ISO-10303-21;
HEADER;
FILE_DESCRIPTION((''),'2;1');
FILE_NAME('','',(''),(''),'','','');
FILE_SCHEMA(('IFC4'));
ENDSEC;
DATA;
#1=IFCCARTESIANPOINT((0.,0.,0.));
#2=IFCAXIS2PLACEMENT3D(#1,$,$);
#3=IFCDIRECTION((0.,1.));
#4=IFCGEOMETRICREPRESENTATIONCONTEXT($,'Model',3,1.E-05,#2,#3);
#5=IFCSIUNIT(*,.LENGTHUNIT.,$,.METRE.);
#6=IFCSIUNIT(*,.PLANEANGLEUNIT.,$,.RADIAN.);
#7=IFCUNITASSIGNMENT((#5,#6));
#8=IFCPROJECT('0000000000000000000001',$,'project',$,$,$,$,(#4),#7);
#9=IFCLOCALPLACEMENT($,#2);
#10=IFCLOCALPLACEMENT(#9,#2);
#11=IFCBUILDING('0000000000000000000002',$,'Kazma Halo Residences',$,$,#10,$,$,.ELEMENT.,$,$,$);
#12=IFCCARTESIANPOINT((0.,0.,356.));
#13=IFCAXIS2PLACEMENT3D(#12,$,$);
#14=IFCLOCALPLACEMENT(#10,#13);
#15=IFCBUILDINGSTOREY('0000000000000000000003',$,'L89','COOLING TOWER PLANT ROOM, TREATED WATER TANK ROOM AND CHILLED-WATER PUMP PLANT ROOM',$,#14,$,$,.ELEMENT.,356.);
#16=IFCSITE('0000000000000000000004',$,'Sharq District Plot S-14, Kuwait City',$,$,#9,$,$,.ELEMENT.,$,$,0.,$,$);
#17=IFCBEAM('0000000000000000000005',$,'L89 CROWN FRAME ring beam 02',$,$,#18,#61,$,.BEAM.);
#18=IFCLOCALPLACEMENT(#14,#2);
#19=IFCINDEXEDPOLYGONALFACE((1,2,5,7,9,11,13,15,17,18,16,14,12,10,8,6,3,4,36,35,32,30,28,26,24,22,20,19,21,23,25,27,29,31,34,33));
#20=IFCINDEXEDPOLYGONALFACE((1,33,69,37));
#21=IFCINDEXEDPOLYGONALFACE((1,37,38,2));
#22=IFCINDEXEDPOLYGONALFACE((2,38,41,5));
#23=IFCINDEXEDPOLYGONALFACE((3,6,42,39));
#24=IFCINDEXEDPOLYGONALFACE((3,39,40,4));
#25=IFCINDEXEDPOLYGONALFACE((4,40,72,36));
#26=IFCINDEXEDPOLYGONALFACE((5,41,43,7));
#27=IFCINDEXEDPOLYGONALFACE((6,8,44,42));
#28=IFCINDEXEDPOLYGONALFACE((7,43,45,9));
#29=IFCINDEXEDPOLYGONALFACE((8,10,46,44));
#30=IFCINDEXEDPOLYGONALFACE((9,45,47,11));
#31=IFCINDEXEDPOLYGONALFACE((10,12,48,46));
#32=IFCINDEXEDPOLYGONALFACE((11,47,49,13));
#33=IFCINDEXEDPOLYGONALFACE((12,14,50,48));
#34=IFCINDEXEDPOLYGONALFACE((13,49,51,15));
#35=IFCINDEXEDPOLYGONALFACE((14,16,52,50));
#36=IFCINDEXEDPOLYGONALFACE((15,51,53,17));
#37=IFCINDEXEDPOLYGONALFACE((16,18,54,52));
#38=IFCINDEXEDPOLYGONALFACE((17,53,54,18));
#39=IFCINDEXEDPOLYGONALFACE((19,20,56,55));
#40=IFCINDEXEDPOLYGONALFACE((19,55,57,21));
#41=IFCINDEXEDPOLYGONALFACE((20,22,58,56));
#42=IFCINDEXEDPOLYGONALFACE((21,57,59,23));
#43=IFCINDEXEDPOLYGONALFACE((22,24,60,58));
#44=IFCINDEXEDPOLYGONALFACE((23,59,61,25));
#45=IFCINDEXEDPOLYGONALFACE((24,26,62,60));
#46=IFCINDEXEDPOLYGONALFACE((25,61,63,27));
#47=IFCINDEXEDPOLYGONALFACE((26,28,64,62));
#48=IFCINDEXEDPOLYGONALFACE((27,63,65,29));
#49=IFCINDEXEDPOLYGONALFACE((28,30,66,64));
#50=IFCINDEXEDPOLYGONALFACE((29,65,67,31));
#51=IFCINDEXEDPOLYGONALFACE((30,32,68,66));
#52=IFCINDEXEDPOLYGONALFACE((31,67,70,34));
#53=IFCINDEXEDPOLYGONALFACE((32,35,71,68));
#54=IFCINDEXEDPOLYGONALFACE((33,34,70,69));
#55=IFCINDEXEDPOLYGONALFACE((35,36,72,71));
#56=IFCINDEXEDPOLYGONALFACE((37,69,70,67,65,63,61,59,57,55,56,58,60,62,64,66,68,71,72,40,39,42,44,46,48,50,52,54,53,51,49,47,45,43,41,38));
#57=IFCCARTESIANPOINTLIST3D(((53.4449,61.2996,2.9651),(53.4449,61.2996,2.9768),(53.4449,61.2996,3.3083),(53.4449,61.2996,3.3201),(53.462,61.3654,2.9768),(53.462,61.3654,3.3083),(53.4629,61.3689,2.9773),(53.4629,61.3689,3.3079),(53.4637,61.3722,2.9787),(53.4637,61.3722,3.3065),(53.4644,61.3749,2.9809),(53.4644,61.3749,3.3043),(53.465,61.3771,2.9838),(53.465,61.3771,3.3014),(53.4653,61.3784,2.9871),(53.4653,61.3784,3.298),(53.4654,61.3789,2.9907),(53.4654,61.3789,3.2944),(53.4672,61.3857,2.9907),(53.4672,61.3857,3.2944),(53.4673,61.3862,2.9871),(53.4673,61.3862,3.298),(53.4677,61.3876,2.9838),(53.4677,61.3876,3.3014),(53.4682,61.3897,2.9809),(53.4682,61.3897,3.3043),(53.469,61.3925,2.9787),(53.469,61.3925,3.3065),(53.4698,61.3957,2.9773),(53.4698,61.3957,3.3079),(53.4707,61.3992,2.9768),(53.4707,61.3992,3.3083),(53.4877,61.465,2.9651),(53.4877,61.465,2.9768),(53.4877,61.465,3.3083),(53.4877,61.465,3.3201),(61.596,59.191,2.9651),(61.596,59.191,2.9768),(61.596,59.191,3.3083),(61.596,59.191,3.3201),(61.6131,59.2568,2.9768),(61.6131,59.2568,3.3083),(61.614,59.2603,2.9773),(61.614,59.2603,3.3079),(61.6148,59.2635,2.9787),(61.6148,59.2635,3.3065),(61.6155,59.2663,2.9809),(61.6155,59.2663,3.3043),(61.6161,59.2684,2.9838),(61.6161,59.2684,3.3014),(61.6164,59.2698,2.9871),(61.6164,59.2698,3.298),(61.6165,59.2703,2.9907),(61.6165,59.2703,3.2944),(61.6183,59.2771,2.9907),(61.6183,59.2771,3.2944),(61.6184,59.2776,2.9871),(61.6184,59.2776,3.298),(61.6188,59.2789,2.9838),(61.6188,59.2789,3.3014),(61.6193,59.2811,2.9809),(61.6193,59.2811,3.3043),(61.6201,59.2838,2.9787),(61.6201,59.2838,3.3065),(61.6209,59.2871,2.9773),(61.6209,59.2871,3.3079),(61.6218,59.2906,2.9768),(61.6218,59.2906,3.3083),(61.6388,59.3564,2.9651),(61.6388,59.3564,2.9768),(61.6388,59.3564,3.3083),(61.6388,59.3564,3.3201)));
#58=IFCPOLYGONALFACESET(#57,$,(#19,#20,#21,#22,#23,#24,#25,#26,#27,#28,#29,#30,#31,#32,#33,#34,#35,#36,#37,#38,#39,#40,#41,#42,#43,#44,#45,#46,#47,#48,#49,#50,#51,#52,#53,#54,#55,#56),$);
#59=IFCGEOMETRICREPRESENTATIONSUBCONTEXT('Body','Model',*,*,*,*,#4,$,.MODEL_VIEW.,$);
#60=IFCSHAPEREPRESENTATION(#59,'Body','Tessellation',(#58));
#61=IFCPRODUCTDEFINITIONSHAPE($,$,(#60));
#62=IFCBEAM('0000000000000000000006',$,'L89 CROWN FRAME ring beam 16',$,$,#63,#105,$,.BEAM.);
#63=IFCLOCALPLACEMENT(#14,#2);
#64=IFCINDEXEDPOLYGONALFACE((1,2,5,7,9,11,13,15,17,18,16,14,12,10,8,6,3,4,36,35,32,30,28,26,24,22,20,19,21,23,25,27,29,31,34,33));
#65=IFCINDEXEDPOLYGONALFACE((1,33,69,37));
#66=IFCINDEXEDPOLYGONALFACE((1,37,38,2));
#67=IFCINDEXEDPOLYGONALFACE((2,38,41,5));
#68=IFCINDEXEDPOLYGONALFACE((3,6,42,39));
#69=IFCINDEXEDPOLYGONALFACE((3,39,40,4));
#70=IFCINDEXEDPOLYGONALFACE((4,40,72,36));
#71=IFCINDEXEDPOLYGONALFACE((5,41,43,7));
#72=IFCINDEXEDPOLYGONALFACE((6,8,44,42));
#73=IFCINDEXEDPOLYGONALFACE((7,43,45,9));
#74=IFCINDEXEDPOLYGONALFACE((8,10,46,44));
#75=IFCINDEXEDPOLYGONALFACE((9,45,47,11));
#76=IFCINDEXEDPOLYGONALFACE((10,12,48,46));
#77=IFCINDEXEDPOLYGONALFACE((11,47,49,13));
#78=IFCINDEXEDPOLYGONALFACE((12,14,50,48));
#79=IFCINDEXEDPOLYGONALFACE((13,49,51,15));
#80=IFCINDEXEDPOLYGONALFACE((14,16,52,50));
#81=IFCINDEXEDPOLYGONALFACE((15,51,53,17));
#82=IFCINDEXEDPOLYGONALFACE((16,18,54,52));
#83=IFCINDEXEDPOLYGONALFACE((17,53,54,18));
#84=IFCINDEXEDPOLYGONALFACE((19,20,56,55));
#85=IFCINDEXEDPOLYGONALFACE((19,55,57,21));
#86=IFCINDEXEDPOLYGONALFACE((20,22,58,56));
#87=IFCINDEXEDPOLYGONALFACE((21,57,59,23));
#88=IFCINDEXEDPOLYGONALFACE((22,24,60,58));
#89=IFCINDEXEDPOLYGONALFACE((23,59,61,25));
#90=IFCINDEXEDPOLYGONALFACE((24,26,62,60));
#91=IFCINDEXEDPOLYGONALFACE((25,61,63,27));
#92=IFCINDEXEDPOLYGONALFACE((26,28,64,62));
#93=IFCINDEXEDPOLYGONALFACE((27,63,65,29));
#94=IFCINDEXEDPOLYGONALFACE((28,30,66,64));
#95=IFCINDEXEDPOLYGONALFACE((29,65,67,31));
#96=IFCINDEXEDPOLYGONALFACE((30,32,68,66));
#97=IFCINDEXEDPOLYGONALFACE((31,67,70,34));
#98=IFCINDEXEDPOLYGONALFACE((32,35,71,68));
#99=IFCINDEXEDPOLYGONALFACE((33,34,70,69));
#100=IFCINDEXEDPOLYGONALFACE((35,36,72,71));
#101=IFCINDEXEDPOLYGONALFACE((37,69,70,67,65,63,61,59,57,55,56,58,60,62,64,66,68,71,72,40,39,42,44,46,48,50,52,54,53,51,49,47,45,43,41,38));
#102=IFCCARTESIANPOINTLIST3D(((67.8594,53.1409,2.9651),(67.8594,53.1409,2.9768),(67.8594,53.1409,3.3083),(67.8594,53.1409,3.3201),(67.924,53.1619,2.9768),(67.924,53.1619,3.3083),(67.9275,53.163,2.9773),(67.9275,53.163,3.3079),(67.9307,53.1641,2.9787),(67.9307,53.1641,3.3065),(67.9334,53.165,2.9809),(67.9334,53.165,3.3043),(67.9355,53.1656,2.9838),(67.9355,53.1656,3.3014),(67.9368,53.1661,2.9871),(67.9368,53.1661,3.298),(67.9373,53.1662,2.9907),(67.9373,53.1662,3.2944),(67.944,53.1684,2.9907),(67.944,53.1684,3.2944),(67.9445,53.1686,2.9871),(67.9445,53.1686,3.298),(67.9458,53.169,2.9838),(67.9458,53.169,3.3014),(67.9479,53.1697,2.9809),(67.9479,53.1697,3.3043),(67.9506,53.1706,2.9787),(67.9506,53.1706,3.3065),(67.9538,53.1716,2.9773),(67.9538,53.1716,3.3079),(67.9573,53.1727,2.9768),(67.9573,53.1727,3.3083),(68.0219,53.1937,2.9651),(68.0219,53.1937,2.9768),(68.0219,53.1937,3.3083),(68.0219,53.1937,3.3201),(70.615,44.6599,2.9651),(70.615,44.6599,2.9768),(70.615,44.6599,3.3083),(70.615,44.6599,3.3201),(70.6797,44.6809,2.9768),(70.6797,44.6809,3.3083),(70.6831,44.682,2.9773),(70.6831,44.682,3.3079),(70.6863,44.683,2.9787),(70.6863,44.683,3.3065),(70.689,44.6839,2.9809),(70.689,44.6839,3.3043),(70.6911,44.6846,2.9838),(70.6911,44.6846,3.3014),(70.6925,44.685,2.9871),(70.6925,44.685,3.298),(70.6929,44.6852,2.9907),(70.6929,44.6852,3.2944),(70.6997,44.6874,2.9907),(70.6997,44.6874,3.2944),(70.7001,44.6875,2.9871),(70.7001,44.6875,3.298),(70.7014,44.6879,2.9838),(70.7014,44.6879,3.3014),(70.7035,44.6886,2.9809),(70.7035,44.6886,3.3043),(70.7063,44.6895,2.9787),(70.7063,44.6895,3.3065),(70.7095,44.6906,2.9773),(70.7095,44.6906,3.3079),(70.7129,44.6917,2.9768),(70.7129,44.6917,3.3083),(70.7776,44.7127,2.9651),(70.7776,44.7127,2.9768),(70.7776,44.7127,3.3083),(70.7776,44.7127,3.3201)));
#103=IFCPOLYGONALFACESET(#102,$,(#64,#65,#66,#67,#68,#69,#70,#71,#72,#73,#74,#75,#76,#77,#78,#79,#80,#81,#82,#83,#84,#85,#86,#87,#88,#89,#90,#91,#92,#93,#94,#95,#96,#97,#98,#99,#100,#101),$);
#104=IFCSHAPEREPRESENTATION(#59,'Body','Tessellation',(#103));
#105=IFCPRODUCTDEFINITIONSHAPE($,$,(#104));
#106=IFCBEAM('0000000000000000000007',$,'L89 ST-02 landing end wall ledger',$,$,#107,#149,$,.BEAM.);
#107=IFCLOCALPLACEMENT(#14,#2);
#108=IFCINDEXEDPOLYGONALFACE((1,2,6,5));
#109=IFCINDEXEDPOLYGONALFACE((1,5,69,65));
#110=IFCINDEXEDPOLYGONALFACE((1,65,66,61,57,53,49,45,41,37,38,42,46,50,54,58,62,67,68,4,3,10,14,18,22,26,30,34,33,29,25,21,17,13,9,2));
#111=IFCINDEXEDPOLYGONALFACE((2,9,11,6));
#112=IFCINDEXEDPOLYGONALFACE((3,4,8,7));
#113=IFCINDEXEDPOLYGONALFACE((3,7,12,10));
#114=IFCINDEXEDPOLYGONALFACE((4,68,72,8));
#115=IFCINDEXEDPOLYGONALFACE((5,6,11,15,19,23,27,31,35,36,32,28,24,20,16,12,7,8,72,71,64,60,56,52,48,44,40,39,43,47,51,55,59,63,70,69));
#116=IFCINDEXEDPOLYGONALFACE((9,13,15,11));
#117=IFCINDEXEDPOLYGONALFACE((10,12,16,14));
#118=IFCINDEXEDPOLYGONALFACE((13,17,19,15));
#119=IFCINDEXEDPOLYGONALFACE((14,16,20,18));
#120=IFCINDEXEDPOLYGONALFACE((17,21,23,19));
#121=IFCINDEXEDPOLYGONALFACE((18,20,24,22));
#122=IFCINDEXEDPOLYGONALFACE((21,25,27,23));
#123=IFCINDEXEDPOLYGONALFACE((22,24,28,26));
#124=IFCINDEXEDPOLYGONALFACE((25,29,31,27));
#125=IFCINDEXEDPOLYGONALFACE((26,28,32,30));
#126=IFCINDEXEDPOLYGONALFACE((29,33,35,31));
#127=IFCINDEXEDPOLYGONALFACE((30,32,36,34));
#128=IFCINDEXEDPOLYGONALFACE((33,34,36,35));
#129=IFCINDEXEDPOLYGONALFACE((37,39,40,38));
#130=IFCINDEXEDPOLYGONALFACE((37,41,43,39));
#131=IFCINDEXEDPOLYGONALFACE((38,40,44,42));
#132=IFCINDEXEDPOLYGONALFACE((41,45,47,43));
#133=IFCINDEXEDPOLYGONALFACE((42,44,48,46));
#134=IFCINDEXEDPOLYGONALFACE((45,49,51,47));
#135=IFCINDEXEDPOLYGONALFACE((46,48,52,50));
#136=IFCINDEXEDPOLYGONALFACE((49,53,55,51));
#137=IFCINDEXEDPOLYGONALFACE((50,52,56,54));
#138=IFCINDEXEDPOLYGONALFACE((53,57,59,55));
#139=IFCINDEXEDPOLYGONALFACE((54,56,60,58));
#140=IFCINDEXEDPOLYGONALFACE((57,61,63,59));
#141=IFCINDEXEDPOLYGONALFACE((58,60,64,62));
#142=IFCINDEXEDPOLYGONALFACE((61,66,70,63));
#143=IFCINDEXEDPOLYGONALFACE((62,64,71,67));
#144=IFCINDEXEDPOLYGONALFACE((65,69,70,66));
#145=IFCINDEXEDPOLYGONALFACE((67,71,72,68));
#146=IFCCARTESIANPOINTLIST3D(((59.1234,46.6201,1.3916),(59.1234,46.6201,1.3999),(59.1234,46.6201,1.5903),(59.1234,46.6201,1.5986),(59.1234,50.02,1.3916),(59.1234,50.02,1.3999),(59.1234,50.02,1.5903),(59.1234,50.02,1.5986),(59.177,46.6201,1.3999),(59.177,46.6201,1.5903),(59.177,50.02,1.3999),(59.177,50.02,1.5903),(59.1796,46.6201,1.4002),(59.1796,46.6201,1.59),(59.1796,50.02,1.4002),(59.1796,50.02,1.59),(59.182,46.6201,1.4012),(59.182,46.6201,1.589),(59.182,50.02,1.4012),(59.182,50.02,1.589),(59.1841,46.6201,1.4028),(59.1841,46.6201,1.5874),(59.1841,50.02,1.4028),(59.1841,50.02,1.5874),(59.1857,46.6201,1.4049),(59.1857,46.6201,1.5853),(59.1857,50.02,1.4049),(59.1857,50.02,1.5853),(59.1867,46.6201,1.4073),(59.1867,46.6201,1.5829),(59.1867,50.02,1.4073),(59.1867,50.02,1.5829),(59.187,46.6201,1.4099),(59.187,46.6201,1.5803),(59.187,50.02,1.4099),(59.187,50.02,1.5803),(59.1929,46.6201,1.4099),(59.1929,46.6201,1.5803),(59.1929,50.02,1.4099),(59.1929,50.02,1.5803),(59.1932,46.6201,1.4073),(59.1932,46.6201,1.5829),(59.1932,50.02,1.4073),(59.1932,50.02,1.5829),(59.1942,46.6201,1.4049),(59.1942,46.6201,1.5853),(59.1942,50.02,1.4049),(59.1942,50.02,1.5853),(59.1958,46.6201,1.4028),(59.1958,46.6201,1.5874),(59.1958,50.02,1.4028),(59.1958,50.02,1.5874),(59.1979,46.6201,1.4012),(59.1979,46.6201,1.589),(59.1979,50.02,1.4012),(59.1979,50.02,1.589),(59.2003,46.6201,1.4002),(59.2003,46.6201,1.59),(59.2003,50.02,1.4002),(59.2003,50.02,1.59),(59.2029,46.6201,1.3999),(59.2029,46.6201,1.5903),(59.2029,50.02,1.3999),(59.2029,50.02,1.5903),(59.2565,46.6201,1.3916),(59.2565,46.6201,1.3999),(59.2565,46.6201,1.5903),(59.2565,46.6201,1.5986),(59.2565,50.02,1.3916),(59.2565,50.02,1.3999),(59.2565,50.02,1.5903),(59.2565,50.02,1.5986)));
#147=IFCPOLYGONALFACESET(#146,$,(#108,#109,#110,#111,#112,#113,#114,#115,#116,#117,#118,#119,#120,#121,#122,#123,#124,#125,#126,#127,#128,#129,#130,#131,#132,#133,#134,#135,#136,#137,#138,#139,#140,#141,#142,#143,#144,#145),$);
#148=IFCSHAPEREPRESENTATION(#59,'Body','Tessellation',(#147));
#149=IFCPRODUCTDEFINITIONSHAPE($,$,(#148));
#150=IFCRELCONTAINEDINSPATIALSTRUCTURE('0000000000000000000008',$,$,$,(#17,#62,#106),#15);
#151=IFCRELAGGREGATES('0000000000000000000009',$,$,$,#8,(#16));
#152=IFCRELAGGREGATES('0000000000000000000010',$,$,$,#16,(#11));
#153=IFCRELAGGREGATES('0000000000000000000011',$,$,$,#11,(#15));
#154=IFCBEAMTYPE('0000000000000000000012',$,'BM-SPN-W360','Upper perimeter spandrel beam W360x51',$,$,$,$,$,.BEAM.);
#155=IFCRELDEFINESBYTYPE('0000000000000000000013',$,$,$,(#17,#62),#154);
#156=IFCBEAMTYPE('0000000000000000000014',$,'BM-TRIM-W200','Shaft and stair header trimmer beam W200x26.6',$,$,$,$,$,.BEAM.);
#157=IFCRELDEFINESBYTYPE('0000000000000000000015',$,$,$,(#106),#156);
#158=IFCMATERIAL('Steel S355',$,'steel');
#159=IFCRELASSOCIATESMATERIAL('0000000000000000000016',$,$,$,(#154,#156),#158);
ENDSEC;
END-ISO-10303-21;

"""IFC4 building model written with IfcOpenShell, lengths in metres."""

from ifc_helpers import new_model, si_unit, direction, frame, origin, origin_2d, place, context, subcontext, project, spatial, i_section, extrude, material, material_profile, profile_set, type_object, element, save


model = new_model("IFC4")

# Units and contexts
model_context = context("Model", 3, precision=1e-05, world=origin(), true_north=direction((0.0, 1.0)))
body_context = subcontext(model_context, "Body", "Model", "MODEL_VIEW")
ifc_project = project(units=[si_unit("LENGTHUNIT", "METRE"), si_unit("PLANEANGLEUNIT", "RADIAN")], contexts=[model_context])

# Site, building, storey
site_placement = place(None, origin())
site = spatial("IfcSite", under=ifc_project, at=site_placement, Name="Sharq District Plot S-14, Kuwait City", CompositionType="ELEMENT", RefElevation=0.0)
building_placement = place(site_placement, origin())
building = spatial("IfcBuilding", under=site, at=building_placement, Name="Kazma Halo Residences", CompositionType="ELEMENT")
storey_placement = place(building_placement, frame((0.0, 0.0, 356.0)))
storey = spatial("IfcBuildingStorey", under=building, at=storey_placement, Name="L89", Description="COOLING TOWER PLANT ROOM, TREATED WATER TANK ROOM AND CHILLED-WATER PUMP PLANT ROOM", CompositionType="ELEMENT", Elevation=356.0)

# Shared definitions
ifc_material_1 = material(Name="Steel S355", Category="steel")

# Beams
ifc_material_profile_1 = material_profile(ifc_material_1, i_section(OverallWidth=0.1709, OverallDepth=0.355, WebThickness=0.0071, FlangeThickness=0.0117, FilletRadius=0.0139, at=origin_2d()), Name="W360x51")
ifc_profile_set_1 = profile_set([ifc_material_profile_1], Name="Steel S355")
beam_type_1 = type_object("IfcBeamType", Name="BM-SPN-W360", Description="Upper perimeter spandrel beam W360x51", PredefinedType="BEAM", material=ifc_profile_set_1)
beam_1_placement = place(storey_placement, frame((61.6174, 59.2737, 3.1426), z_axis=(-0.96813, 0.250449, 0.0), x_axis=(-0.250449, -0.96813, 0.0)))
element("IfcBeam", 1, at=beam_1_placement, inside=storey, type_object=beam_type_1, Name="L89 CROWN FRAME ring beam 02", PredefinedType="BEAM", context=body_context, shape_type="SweptSolid", body=[
    extrude(i_section(OverallWidth=0.1709, OverallDepth=0.355, WebThickness=0.0071, FlangeThickness=0.0117, FilletRadius=0.0139, at=origin_2d()), origin(), (0.0, 0.0, 1.0), 8.4194),
])
beam_2_placement = place(storey_placement, frame((70.6963, 44.6863, 3.1426), z_axis=(-0.309015, 0.951057, 0.0), x_axis=(-0.951057, -0.309015, 0.0)))
element("IfcBeam", 2, at=beam_2_placement, inside=storey, type_object=beam_type_1, Name="L89 CROWN FRAME ring beam 16", PredefinedType="BEAM", context=body_context, shape_type="SweptSolid", body=[
    extrude(i_section(OverallWidth=0.1709, OverallDepth=0.355, WebThickness=0.0071, FlangeThickness=0.0117, FilletRadius=0.0139, at=origin_2d()), origin(), (0.0, 0.0, 1.0), 8.9175),
])
ifc_material_profile_2 = material_profile(ifc_material_1, i_section(OverallWidth=0.1331, OverallDepth=0.207, WebThickness=0.0059, FlangeThickness=0.0083, FilletRadius=0.01, at=origin_2d()), Name="W200x26.6")
ifc_profile_set_2 = profile_set([ifc_material_profile_2], Name="Steel S355")
beam_type_2 = type_object("IfcBeamType", Name="BM-TRIM-W200", Description="Shaft and stair header trimmer beam W200x26.6", PredefinedType="BEAM", material=ifc_profile_set_2)
beam_3_placement = place(storey_placement, frame((59.1899, 46.6201, 1.4951), z_axis=(0.0, 1.0, 0.0), x_axis=(-1.0, 0.0, 0.0)))
element("IfcBeam", 3, at=beam_3_placement, inside=storey, type_object=beam_type_2, Name="L89 ST-02 landing end wall ledger", PredefinedType="BEAM", context=body_context, shape_type="SweptSolid", body=[
    extrude(i_section(OverallWidth=0.1331, OverallDepth=0.207, WebThickness=0.0059, FlangeThickness=0.0083, FilletRadius=0.01, at=origin_2d()), origin(), (0.0, 0.0, 1.0), 3.3999),
])

save(model, "model.ifc")
